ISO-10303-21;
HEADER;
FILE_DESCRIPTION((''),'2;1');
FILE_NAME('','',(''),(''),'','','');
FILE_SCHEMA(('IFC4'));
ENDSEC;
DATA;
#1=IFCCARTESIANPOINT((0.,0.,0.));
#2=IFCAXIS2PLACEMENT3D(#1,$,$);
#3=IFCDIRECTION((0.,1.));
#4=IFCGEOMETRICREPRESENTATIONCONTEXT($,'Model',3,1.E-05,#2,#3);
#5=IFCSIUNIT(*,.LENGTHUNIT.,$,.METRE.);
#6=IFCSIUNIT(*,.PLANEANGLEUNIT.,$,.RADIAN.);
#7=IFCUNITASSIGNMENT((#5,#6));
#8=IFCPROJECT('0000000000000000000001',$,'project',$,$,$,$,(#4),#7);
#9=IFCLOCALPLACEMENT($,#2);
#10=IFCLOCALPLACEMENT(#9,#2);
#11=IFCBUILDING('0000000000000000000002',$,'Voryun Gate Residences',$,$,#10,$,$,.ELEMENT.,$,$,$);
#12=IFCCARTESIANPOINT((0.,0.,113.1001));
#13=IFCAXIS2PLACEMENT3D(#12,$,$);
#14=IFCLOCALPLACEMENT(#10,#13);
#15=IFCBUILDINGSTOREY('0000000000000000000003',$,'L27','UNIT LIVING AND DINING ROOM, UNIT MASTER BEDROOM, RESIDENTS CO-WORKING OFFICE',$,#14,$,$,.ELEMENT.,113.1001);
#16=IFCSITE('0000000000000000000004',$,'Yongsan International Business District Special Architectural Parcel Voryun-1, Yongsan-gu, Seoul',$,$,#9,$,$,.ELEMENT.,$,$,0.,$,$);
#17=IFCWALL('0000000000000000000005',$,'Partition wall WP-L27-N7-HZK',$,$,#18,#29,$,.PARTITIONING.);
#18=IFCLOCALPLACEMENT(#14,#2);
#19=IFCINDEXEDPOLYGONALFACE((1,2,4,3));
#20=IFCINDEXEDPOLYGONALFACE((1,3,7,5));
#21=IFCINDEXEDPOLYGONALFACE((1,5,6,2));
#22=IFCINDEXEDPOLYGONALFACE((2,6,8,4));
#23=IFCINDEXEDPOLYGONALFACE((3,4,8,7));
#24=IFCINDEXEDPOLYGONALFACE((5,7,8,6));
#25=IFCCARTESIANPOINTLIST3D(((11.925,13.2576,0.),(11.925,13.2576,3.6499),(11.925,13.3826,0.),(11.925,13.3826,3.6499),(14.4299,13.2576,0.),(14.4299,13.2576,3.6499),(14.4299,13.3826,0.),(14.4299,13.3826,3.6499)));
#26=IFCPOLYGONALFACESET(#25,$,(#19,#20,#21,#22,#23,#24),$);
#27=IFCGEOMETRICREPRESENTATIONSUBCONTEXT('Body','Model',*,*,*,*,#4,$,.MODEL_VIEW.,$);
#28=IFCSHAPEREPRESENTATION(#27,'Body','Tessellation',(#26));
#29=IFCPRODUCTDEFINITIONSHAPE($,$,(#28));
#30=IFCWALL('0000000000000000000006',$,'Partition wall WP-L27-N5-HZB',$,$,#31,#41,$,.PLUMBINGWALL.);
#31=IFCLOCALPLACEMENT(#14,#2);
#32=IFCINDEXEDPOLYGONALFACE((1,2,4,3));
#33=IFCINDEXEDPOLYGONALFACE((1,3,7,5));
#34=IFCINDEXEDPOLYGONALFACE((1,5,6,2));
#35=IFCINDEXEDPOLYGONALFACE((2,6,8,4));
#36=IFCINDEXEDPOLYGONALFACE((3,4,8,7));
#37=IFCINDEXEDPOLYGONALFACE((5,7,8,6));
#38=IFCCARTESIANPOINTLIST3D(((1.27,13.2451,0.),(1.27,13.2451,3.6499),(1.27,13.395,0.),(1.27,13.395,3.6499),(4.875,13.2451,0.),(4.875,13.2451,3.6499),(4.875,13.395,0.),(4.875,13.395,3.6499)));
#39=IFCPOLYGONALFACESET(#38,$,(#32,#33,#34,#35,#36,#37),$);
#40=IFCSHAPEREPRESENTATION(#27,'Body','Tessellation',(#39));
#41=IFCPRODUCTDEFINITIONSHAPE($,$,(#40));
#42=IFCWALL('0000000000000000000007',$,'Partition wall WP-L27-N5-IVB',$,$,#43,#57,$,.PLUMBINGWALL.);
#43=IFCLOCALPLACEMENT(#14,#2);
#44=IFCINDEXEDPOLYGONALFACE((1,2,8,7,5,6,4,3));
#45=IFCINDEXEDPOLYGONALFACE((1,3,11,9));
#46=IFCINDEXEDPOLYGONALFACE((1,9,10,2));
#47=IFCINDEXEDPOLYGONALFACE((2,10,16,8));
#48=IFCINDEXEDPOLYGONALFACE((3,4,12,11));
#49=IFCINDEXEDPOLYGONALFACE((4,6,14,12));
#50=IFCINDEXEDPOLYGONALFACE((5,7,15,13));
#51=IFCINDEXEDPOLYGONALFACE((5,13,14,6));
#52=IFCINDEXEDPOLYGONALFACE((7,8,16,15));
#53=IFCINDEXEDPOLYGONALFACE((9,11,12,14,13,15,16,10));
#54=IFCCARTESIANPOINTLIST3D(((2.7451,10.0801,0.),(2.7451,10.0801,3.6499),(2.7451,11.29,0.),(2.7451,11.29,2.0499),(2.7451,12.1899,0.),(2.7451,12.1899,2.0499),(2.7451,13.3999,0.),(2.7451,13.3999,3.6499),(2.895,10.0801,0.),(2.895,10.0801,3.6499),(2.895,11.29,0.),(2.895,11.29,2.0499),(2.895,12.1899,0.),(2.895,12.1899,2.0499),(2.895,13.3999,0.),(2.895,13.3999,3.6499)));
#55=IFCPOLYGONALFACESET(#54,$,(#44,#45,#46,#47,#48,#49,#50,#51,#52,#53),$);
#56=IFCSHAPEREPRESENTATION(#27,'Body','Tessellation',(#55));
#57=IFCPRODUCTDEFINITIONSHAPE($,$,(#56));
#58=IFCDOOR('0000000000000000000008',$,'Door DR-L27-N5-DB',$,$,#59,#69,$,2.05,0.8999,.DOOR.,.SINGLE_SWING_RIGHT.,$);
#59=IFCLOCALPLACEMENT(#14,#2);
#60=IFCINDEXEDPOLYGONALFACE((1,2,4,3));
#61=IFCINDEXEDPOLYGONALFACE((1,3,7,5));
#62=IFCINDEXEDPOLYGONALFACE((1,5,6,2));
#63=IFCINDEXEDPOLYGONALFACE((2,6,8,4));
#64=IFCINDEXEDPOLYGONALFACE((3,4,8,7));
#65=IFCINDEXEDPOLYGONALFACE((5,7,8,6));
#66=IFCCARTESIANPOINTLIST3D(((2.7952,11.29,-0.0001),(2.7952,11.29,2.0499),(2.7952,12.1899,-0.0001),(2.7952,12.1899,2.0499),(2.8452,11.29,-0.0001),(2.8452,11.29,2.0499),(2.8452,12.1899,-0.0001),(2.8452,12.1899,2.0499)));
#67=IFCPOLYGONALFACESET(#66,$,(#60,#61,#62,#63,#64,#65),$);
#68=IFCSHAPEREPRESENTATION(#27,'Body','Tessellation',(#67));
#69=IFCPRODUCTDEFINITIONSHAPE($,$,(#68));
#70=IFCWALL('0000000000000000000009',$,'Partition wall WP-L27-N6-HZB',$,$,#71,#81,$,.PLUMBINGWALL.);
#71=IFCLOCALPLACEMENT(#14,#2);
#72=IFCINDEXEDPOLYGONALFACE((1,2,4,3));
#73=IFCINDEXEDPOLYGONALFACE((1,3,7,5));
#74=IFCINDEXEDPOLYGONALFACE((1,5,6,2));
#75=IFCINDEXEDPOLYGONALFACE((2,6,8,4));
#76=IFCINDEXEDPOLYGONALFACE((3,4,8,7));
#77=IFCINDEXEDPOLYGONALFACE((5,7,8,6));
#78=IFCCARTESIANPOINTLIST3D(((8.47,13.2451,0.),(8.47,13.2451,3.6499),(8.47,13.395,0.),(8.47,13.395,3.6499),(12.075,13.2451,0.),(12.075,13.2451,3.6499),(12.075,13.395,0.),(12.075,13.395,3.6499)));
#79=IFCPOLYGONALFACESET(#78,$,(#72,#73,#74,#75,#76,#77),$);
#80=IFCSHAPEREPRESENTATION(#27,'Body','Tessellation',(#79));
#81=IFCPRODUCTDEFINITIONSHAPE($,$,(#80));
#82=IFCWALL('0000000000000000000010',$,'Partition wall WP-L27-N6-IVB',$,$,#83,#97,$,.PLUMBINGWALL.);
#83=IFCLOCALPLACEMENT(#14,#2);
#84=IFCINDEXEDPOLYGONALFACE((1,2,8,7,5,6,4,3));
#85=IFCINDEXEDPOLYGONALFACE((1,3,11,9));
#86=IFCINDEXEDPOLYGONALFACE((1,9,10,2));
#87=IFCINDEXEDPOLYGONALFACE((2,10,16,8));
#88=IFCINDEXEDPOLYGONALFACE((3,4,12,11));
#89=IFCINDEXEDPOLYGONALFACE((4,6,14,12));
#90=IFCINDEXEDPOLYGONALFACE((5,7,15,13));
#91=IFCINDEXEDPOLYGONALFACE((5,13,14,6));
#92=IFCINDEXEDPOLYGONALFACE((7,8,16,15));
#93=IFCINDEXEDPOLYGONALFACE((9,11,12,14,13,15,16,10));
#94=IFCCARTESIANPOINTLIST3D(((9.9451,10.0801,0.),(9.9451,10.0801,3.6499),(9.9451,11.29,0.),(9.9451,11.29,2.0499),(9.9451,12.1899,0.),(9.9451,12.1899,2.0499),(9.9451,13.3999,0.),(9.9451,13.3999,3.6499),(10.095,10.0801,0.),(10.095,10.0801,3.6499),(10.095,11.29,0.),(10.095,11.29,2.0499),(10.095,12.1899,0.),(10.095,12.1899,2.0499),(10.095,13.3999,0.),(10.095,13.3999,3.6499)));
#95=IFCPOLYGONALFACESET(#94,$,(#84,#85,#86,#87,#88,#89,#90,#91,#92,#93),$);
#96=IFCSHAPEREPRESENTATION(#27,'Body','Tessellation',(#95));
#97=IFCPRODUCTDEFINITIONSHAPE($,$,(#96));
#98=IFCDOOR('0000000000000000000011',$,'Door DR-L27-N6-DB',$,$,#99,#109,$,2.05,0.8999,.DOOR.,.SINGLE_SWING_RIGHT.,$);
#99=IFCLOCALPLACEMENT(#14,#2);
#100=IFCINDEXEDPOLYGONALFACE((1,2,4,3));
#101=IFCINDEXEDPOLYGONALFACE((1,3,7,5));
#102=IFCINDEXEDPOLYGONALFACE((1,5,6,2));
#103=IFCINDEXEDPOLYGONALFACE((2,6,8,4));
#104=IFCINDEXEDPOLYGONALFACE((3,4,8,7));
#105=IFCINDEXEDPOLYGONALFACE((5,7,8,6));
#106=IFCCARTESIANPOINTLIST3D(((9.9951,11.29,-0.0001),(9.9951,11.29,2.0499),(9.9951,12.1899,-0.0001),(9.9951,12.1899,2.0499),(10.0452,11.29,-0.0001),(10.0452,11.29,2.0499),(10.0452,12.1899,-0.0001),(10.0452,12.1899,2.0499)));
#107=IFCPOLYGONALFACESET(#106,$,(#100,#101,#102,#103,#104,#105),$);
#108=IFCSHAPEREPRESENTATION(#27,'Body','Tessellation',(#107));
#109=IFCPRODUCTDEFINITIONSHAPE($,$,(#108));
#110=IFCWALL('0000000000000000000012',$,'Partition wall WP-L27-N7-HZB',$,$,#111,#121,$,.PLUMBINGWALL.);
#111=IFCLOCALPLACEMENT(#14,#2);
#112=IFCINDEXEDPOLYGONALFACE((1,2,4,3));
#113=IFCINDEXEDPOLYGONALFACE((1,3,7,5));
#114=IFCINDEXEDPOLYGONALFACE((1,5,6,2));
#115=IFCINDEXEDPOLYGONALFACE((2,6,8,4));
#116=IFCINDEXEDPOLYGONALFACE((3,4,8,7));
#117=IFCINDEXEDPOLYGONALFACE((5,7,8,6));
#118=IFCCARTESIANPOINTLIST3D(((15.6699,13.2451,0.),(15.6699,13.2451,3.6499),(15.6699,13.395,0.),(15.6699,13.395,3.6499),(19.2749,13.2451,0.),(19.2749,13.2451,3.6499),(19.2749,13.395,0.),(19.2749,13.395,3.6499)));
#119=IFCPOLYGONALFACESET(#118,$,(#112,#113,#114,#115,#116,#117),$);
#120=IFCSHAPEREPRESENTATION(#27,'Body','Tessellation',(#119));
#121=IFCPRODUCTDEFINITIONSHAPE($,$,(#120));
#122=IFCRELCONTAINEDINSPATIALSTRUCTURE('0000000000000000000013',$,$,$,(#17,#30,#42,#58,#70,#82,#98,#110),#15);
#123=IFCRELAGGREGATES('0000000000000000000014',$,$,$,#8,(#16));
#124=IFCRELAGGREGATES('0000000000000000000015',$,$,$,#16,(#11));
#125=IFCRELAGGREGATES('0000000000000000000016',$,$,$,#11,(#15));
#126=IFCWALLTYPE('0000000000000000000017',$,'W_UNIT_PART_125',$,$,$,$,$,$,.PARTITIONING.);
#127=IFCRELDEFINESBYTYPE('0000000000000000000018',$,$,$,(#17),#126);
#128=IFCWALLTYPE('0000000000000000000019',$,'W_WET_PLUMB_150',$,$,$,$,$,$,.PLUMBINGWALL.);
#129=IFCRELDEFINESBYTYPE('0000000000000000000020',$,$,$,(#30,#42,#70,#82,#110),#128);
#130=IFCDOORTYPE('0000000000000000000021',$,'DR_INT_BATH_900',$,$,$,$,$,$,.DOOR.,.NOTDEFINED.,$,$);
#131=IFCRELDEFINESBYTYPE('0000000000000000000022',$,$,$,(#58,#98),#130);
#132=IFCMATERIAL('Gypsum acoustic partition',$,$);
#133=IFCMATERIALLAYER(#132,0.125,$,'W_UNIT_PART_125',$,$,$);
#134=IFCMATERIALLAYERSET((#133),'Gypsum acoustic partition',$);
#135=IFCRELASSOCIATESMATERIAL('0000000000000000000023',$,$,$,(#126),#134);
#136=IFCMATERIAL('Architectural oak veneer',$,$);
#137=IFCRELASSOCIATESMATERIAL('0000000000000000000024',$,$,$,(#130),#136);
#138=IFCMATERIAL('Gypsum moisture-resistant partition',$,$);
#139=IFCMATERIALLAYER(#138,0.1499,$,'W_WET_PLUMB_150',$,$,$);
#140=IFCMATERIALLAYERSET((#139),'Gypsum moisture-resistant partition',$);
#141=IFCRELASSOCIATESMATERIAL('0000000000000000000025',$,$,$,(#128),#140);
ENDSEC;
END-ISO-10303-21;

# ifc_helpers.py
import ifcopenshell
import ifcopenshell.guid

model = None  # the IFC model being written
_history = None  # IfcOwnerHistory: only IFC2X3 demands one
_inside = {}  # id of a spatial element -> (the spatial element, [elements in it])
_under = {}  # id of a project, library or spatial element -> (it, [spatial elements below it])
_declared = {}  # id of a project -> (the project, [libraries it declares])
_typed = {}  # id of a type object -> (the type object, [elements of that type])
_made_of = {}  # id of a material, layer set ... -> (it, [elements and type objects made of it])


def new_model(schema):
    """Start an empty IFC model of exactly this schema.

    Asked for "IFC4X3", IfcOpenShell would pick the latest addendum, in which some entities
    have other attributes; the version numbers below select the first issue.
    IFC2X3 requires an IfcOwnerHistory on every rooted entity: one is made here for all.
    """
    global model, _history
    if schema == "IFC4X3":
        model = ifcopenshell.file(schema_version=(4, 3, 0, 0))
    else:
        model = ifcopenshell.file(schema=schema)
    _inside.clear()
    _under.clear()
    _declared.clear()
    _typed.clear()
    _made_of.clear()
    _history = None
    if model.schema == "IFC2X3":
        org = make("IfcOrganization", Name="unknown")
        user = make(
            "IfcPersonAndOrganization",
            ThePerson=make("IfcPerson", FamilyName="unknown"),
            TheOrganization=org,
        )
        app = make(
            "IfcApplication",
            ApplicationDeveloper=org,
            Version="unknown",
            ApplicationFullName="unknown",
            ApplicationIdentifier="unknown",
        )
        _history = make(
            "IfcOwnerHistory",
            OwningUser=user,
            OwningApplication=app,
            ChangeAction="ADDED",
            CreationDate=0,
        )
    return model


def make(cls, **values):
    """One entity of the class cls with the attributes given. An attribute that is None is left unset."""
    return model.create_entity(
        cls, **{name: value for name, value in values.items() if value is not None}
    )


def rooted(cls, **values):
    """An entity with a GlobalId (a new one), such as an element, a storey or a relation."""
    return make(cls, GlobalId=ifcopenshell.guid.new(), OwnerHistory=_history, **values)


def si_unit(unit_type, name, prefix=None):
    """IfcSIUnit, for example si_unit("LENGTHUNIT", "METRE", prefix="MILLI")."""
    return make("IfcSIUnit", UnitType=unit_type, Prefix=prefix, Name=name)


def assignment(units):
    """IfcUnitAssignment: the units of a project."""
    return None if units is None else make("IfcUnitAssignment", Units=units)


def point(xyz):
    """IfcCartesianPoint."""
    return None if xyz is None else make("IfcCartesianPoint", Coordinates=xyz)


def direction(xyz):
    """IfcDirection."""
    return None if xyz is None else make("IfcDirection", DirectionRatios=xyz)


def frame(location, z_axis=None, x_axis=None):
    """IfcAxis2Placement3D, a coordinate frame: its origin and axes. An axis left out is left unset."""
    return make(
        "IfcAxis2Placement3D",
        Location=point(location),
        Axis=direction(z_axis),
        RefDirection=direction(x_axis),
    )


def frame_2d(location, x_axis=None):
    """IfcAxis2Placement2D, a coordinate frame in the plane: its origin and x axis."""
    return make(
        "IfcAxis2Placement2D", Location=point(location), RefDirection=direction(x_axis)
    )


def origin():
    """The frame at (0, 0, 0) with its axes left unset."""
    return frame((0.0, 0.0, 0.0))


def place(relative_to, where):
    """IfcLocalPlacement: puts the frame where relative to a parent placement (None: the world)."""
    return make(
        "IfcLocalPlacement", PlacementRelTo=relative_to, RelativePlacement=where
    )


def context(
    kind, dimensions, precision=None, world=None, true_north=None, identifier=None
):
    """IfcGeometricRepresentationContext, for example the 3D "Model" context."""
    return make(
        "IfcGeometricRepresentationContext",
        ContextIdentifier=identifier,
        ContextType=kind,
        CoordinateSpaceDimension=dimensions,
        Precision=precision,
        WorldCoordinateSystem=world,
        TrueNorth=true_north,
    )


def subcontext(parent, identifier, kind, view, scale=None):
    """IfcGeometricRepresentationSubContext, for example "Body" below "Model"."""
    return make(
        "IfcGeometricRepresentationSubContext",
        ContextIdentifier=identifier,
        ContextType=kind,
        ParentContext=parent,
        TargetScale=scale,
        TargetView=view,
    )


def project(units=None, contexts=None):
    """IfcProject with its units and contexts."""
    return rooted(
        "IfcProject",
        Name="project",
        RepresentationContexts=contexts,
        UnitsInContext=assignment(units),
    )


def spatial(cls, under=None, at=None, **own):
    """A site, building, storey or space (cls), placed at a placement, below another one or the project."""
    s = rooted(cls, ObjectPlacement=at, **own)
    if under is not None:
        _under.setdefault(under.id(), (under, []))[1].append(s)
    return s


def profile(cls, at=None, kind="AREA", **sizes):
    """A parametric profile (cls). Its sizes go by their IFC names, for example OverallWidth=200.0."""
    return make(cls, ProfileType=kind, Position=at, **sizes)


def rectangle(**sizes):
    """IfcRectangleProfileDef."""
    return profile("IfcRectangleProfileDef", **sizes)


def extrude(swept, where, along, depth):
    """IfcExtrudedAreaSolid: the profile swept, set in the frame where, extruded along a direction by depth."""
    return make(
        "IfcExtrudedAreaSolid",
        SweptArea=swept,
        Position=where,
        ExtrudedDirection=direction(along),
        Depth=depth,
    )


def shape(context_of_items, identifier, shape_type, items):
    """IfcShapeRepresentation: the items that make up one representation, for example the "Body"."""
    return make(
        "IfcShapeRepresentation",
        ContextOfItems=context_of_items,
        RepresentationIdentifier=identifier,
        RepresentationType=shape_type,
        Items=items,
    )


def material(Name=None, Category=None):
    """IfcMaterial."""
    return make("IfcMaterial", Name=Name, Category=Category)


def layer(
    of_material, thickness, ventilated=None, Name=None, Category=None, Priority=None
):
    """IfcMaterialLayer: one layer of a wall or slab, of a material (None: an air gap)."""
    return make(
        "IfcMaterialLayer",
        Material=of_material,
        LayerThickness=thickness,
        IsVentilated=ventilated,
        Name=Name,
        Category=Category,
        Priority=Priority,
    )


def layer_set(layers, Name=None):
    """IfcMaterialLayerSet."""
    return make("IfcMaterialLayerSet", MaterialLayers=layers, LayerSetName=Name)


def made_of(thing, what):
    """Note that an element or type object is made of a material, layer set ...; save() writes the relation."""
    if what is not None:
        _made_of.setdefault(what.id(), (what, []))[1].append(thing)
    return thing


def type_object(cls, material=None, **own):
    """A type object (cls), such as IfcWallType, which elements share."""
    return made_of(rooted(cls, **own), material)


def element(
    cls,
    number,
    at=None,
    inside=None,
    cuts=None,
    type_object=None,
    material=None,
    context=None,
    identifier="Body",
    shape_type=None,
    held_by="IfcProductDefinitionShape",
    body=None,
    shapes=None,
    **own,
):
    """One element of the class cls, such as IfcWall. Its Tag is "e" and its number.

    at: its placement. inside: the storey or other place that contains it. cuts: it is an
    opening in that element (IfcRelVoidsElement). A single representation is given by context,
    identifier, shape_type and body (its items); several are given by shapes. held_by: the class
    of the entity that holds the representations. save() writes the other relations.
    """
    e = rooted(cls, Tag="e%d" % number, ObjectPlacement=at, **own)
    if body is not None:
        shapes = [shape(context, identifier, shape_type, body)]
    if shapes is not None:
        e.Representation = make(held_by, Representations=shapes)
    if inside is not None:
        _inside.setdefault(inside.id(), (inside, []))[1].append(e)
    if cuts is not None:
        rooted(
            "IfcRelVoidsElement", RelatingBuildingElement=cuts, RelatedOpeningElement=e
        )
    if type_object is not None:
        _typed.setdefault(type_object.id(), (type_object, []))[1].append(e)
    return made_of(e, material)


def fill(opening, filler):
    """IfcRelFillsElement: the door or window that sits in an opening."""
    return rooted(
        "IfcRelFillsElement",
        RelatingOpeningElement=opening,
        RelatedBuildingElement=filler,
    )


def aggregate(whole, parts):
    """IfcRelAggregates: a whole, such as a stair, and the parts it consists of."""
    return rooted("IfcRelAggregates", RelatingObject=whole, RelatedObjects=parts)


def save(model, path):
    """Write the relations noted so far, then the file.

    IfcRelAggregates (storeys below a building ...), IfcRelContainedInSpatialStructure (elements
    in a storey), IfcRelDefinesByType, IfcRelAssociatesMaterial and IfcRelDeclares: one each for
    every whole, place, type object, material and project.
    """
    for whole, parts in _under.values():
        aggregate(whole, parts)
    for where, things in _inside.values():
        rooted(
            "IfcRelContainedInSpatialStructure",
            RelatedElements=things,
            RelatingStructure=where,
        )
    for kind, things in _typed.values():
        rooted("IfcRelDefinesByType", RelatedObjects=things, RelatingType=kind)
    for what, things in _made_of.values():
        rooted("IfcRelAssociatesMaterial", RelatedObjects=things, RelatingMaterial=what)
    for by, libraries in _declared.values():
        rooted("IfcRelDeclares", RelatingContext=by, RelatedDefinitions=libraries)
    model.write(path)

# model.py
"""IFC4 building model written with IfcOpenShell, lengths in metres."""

from ifc_helpers import new_model, si_unit, direction, frame, frame_2d, origin, place, context, subcontext, project, spatial, rectangle, extrude, material, layer, layer_set, type_object, element, fill, save


model = new_model("IFC4")

# Units and contexts
model_context = context("Model", 3, precision=1e-05, world=origin(), true_north=direction((0.0, 1.0)))
body_context = subcontext(model_context, "Body", "Model", "MODEL_VIEW")
ifc_project = project(units=[si_unit("LENGTHUNIT", "METRE"), si_unit("PLANEANGLEUNIT", "RADIAN")], contexts=[model_context])

# Site, building, storey
site_placement = place(None, origin())
site = spatial("IfcSite", under=ifc_project, at=site_placement, Name="Yongsan International Business District Special Architectural Parcel Voryun-1, Yongsan-gu, Seoul", CompositionType="ELEMENT", RefElevation=0.0)
building_placement = place(site_placement, origin())
building = spatial("IfcBuilding", under=site, at=building_placement, Name="Voryun Gate Residences", CompositionType="ELEMENT")
storey_placement = place(building_placement, frame((0.0, 0.0, 113.1001)))
storey = spatial("IfcBuildingStorey", under=building, at=storey_placement, Name="L27", Description="UNIT LIVING AND DINING ROOM, UNIT MASTER BEDROOM, RESIDENTS CO-WORKING OFFICE", CompositionType="ELEMENT", Elevation=113.1001)

# Shared definitions
ifc_material_1 = material(Name="Gypsum acoustic partition")
ifc_layer_1 = layer(ifc_material_1, 0.125, Name="W_UNIT_PART_125")
ifc_layer_set_1 = layer_set([ifc_layer_1], Name="Gypsum acoustic partition")
wall_type_1 = type_object("IfcWallType", Name="W_UNIT_PART_125", PredefinedType="PARTITIONING", material=ifc_layer_set_1)
ifc_material_2 = material(Name="Architectural oak veneer")
door_type_1 = type_object("IfcDoorType", Name="DR_INT_BATH_900", OperationType="NOTDEFINED", PredefinedType="DOOR", material=ifc_material_2)

# Walls
wall_1_placement = place(storey_placement, frame((11.925, 13.3201, 0.0), z_axis=(0.0, 0.0, 1.0), x_axis=(1.0, 0.0, 0.0)))
element("IfcWall", 1, at=wall_1_placement, inside=storey, type_object=wall_type_1, Name="Partition wall WP-L27-N7-HZK", PredefinedType="PARTITIONING", context=body_context, shape_type="SweptSolid", body=[
    extrude(rectangle(XDim=2.5049, YDim=0.125, at=frame_2d((1.2524, 0.0))), origin(), (0.0, 0.0, 1.0), 3.6499),
])
ifc_material_3 = material(Name="Gypsum moisture-resistant partition")
ifc_layer_2 = layer(ifc_material_3, 0.1499, Name="W_WET_PLUMB_150")
ifc_layer_set_2 = layer_set([ifc_layer_2], Name="Gypsum moisture-resistant partition")
wall_type_2 = type_object("IfcWallType", Name="W_WET_PLUMB_150", PredefinedType="PLUMBINGWALL", material=ifc_layer_set_2)
wall_2_placement = place(storey_placement, frame((1.27, 13.3201, 0.0), z_axis=(0.0, 0.0, 1.0), x_axis=(1.0, 0.0, 0.0)))
element("IfcWall", 2, at=wall_2_placement, inside=storey, type_object=wall_type_2, Name="Partition wall WP-L27-N5-HZB", PredefinedType="PLUMBINGWALL", context=body_context, shape_type="SweptSolid", body=[
    extrude(rectangle(XDim=3.605, YDim=0.1499, at=frame_2d((1.8025, 0.0))), origin(), (0.0, 0.0, 1.0), 3.6499),
])

# Wall, opening, door
wall_3_placement = place(storey_placement, frame((2.8201, 10.0801, 0.0), z_axis=(0.0, 0.0, 1.0), x_axis=(0.0, 1.0, 0.0)))
wall_3 = element("IfcWall", 3, at=wall_3_placement, inside=storey, type_object=wall_type_2, Name="Partition wall WP-L27-N5-IVB", PredefinedType="PLUMBINGWALL", context=body_context, shape_type="SweptSolid", body=[
    extrude(rectangle(XDim=3.3198, YDim=0.1499, at=frame_2d((1.6599, 0.0))), origin(), (0.0, 0.0, 1.0), 3.6499),
])
opening_1_placement = place(wall_3_placement, frame((1.21, 0.0, 0.0)))
opening_1 = element("IfcOpeningElement", 4, at=opening_1_placement, cuts=wall_3, PredefinedType="OPENING", context=body_context, shape_type="SweptSolid", body=[
    extrude(rectangle(XDim=0.8999, YDim=2.05, at=frame_2d((0.45, 1.0249))), frame((0.0, 0.085, 0.0), z_axis=(0.0, -1.0, 0.0), x_axis=(1.0, 0.0, 0.0)), (0.0, 0.0, 1.0), 0.1699),
])
door_1_placement = place(opening_1_placement, origin())
door_1 = element("IfcDoor", 5, at=door_1_placement, inside=storey, type_object=door_type_1, Name="Door DR-L27-N5-DB", OperationType="SINGLE_SWING_RIGHT", OverallHeight=2.05, OverallWidth=0.8999, PredefinedType="DOOR", context=body_context, shape_type="SweptSolid", body=[
    extrude(rectangle(XDim=0.8999, YDim=2.05, at=frame_2d((0.45, 1.0249))), frame((0.0, 0.0249, 0.0), z_axis=(0.0, -1.0, 0.0), x_axis=(1.0, 0.0, 0.0)), (0.0, 0.0, 1.0), 0.05),
])
fill(opening_1, door_1)

# Wall
wall_4_placement = place(storey_placement, frame((8.47, 13.3201, 0.0), z_axis=(0.0, 0.0, 1.0), x_axis=(1.0, 0.0, 0.0)))
element("IfcWall", 6, at=wall_4_placement, inside=storey, type_object=wall_type_2, Name="Partition wall WP-L27-N6-HZB", PredefinedType="PLUMBINGWALL", context=body_context, shape_type="SweptSolid", body=[
    extrude(rectangle(XDim=3.605, YDim=0.1499, at=frame_2d((1.8025, 0.0))), origin(), (0.0, 0.0, 1.0), 3.6499),
])

# Wall, opening, door
wall_5_placement = place(storey_placement, frame((10.02, 10.0801, 0.0), z_axis=(0.0, 0.0, 1.0), x_axis=(0.0, 1.0, 0.0)))
wall_5 = element("IfcWall", 7, at=wall_5_placement, inside=storey, type_object=wall_type_2, Name="Partition wall WP-L27-N6-IVB", PredefinedType="PLUMBINGWALL", context=body_context, shape_type="SweptSolid", body=[
    extrude(rectangle(XDim=3.3198, YDim=0.1499, at=frame_2d((1.6599, 0.0))), origin(), (0.0, 0.0, 1.0), 3.6499),
])
opening_2_placement = place(wall_5_placement, frame((1.21, 0.0, 0.0)))
opening_2 = element("IfcOpeningElement", 8, at=opening_2_placement, cuts=wall_5, PredefinedType="OPENING", context=body_context, shape_type="SweptSolid", body=[
    extrude(rectangle(XDim=0.8999, YDim=2.05, at=frame_2d((0.45, 1.0249))), frame((0.0, 0.085, 0.0), z_axis=(0.0, -1.0, 0.0), x_axis=(1.0, 0.0, 0.0)), (0.0, 0.0, 1.0), 0.1699),
])
door_2_placement = place(opening_2_placement, origin())
door_2 = element("IfcDoor", 9, at=door_2_placement, inside=storey, type_object=door_type_1, Name="Door DR-L27-N6-DB", OperationType="SINGLE_SWING_RIGHT", OverallHeight=2.05, OverallWidth=0.8999, PredefinedType="DOOR", context=body_context, shape_type="SweptSolid", body=[
    extrude(rectangle(XDim=0.8999, YDim=2.05, at=frame_2d((0.45, 1.0249))), frame((0.0, 0.0249, 0.0), z_axis=(0.0, -1.0, 0.0), x_axis=(1.0, 0.0, 0.0)), (0.0, 0.0, 1.0), 0.05),
])
fill(opening_2, door_2)

# Wall
wall_6_placement = place(storey_placement, frame((15.6699, 13.3201, 0.0), z_axis=(0.0, 0.0, 1.0), x_axis=(1.0, 0.0, 0.0)))
element("IfcWall", 10, at=wall_6_placement, inside=storey, type_object=wall_type_2, Name="Partition wall WP-L27-N7-HZB", PredefinedType="PLUMBINGWALL", context=body_context, shape_type="SweptSolid", body=[
    extrude(rectangle(XDim=3.605, YDim=0.1499, at=frame_2d((1.8025, 0.0))), origin(), (0.0, 0.0, 1.0), 3.6499),
])

save(model, "model.ifc")
